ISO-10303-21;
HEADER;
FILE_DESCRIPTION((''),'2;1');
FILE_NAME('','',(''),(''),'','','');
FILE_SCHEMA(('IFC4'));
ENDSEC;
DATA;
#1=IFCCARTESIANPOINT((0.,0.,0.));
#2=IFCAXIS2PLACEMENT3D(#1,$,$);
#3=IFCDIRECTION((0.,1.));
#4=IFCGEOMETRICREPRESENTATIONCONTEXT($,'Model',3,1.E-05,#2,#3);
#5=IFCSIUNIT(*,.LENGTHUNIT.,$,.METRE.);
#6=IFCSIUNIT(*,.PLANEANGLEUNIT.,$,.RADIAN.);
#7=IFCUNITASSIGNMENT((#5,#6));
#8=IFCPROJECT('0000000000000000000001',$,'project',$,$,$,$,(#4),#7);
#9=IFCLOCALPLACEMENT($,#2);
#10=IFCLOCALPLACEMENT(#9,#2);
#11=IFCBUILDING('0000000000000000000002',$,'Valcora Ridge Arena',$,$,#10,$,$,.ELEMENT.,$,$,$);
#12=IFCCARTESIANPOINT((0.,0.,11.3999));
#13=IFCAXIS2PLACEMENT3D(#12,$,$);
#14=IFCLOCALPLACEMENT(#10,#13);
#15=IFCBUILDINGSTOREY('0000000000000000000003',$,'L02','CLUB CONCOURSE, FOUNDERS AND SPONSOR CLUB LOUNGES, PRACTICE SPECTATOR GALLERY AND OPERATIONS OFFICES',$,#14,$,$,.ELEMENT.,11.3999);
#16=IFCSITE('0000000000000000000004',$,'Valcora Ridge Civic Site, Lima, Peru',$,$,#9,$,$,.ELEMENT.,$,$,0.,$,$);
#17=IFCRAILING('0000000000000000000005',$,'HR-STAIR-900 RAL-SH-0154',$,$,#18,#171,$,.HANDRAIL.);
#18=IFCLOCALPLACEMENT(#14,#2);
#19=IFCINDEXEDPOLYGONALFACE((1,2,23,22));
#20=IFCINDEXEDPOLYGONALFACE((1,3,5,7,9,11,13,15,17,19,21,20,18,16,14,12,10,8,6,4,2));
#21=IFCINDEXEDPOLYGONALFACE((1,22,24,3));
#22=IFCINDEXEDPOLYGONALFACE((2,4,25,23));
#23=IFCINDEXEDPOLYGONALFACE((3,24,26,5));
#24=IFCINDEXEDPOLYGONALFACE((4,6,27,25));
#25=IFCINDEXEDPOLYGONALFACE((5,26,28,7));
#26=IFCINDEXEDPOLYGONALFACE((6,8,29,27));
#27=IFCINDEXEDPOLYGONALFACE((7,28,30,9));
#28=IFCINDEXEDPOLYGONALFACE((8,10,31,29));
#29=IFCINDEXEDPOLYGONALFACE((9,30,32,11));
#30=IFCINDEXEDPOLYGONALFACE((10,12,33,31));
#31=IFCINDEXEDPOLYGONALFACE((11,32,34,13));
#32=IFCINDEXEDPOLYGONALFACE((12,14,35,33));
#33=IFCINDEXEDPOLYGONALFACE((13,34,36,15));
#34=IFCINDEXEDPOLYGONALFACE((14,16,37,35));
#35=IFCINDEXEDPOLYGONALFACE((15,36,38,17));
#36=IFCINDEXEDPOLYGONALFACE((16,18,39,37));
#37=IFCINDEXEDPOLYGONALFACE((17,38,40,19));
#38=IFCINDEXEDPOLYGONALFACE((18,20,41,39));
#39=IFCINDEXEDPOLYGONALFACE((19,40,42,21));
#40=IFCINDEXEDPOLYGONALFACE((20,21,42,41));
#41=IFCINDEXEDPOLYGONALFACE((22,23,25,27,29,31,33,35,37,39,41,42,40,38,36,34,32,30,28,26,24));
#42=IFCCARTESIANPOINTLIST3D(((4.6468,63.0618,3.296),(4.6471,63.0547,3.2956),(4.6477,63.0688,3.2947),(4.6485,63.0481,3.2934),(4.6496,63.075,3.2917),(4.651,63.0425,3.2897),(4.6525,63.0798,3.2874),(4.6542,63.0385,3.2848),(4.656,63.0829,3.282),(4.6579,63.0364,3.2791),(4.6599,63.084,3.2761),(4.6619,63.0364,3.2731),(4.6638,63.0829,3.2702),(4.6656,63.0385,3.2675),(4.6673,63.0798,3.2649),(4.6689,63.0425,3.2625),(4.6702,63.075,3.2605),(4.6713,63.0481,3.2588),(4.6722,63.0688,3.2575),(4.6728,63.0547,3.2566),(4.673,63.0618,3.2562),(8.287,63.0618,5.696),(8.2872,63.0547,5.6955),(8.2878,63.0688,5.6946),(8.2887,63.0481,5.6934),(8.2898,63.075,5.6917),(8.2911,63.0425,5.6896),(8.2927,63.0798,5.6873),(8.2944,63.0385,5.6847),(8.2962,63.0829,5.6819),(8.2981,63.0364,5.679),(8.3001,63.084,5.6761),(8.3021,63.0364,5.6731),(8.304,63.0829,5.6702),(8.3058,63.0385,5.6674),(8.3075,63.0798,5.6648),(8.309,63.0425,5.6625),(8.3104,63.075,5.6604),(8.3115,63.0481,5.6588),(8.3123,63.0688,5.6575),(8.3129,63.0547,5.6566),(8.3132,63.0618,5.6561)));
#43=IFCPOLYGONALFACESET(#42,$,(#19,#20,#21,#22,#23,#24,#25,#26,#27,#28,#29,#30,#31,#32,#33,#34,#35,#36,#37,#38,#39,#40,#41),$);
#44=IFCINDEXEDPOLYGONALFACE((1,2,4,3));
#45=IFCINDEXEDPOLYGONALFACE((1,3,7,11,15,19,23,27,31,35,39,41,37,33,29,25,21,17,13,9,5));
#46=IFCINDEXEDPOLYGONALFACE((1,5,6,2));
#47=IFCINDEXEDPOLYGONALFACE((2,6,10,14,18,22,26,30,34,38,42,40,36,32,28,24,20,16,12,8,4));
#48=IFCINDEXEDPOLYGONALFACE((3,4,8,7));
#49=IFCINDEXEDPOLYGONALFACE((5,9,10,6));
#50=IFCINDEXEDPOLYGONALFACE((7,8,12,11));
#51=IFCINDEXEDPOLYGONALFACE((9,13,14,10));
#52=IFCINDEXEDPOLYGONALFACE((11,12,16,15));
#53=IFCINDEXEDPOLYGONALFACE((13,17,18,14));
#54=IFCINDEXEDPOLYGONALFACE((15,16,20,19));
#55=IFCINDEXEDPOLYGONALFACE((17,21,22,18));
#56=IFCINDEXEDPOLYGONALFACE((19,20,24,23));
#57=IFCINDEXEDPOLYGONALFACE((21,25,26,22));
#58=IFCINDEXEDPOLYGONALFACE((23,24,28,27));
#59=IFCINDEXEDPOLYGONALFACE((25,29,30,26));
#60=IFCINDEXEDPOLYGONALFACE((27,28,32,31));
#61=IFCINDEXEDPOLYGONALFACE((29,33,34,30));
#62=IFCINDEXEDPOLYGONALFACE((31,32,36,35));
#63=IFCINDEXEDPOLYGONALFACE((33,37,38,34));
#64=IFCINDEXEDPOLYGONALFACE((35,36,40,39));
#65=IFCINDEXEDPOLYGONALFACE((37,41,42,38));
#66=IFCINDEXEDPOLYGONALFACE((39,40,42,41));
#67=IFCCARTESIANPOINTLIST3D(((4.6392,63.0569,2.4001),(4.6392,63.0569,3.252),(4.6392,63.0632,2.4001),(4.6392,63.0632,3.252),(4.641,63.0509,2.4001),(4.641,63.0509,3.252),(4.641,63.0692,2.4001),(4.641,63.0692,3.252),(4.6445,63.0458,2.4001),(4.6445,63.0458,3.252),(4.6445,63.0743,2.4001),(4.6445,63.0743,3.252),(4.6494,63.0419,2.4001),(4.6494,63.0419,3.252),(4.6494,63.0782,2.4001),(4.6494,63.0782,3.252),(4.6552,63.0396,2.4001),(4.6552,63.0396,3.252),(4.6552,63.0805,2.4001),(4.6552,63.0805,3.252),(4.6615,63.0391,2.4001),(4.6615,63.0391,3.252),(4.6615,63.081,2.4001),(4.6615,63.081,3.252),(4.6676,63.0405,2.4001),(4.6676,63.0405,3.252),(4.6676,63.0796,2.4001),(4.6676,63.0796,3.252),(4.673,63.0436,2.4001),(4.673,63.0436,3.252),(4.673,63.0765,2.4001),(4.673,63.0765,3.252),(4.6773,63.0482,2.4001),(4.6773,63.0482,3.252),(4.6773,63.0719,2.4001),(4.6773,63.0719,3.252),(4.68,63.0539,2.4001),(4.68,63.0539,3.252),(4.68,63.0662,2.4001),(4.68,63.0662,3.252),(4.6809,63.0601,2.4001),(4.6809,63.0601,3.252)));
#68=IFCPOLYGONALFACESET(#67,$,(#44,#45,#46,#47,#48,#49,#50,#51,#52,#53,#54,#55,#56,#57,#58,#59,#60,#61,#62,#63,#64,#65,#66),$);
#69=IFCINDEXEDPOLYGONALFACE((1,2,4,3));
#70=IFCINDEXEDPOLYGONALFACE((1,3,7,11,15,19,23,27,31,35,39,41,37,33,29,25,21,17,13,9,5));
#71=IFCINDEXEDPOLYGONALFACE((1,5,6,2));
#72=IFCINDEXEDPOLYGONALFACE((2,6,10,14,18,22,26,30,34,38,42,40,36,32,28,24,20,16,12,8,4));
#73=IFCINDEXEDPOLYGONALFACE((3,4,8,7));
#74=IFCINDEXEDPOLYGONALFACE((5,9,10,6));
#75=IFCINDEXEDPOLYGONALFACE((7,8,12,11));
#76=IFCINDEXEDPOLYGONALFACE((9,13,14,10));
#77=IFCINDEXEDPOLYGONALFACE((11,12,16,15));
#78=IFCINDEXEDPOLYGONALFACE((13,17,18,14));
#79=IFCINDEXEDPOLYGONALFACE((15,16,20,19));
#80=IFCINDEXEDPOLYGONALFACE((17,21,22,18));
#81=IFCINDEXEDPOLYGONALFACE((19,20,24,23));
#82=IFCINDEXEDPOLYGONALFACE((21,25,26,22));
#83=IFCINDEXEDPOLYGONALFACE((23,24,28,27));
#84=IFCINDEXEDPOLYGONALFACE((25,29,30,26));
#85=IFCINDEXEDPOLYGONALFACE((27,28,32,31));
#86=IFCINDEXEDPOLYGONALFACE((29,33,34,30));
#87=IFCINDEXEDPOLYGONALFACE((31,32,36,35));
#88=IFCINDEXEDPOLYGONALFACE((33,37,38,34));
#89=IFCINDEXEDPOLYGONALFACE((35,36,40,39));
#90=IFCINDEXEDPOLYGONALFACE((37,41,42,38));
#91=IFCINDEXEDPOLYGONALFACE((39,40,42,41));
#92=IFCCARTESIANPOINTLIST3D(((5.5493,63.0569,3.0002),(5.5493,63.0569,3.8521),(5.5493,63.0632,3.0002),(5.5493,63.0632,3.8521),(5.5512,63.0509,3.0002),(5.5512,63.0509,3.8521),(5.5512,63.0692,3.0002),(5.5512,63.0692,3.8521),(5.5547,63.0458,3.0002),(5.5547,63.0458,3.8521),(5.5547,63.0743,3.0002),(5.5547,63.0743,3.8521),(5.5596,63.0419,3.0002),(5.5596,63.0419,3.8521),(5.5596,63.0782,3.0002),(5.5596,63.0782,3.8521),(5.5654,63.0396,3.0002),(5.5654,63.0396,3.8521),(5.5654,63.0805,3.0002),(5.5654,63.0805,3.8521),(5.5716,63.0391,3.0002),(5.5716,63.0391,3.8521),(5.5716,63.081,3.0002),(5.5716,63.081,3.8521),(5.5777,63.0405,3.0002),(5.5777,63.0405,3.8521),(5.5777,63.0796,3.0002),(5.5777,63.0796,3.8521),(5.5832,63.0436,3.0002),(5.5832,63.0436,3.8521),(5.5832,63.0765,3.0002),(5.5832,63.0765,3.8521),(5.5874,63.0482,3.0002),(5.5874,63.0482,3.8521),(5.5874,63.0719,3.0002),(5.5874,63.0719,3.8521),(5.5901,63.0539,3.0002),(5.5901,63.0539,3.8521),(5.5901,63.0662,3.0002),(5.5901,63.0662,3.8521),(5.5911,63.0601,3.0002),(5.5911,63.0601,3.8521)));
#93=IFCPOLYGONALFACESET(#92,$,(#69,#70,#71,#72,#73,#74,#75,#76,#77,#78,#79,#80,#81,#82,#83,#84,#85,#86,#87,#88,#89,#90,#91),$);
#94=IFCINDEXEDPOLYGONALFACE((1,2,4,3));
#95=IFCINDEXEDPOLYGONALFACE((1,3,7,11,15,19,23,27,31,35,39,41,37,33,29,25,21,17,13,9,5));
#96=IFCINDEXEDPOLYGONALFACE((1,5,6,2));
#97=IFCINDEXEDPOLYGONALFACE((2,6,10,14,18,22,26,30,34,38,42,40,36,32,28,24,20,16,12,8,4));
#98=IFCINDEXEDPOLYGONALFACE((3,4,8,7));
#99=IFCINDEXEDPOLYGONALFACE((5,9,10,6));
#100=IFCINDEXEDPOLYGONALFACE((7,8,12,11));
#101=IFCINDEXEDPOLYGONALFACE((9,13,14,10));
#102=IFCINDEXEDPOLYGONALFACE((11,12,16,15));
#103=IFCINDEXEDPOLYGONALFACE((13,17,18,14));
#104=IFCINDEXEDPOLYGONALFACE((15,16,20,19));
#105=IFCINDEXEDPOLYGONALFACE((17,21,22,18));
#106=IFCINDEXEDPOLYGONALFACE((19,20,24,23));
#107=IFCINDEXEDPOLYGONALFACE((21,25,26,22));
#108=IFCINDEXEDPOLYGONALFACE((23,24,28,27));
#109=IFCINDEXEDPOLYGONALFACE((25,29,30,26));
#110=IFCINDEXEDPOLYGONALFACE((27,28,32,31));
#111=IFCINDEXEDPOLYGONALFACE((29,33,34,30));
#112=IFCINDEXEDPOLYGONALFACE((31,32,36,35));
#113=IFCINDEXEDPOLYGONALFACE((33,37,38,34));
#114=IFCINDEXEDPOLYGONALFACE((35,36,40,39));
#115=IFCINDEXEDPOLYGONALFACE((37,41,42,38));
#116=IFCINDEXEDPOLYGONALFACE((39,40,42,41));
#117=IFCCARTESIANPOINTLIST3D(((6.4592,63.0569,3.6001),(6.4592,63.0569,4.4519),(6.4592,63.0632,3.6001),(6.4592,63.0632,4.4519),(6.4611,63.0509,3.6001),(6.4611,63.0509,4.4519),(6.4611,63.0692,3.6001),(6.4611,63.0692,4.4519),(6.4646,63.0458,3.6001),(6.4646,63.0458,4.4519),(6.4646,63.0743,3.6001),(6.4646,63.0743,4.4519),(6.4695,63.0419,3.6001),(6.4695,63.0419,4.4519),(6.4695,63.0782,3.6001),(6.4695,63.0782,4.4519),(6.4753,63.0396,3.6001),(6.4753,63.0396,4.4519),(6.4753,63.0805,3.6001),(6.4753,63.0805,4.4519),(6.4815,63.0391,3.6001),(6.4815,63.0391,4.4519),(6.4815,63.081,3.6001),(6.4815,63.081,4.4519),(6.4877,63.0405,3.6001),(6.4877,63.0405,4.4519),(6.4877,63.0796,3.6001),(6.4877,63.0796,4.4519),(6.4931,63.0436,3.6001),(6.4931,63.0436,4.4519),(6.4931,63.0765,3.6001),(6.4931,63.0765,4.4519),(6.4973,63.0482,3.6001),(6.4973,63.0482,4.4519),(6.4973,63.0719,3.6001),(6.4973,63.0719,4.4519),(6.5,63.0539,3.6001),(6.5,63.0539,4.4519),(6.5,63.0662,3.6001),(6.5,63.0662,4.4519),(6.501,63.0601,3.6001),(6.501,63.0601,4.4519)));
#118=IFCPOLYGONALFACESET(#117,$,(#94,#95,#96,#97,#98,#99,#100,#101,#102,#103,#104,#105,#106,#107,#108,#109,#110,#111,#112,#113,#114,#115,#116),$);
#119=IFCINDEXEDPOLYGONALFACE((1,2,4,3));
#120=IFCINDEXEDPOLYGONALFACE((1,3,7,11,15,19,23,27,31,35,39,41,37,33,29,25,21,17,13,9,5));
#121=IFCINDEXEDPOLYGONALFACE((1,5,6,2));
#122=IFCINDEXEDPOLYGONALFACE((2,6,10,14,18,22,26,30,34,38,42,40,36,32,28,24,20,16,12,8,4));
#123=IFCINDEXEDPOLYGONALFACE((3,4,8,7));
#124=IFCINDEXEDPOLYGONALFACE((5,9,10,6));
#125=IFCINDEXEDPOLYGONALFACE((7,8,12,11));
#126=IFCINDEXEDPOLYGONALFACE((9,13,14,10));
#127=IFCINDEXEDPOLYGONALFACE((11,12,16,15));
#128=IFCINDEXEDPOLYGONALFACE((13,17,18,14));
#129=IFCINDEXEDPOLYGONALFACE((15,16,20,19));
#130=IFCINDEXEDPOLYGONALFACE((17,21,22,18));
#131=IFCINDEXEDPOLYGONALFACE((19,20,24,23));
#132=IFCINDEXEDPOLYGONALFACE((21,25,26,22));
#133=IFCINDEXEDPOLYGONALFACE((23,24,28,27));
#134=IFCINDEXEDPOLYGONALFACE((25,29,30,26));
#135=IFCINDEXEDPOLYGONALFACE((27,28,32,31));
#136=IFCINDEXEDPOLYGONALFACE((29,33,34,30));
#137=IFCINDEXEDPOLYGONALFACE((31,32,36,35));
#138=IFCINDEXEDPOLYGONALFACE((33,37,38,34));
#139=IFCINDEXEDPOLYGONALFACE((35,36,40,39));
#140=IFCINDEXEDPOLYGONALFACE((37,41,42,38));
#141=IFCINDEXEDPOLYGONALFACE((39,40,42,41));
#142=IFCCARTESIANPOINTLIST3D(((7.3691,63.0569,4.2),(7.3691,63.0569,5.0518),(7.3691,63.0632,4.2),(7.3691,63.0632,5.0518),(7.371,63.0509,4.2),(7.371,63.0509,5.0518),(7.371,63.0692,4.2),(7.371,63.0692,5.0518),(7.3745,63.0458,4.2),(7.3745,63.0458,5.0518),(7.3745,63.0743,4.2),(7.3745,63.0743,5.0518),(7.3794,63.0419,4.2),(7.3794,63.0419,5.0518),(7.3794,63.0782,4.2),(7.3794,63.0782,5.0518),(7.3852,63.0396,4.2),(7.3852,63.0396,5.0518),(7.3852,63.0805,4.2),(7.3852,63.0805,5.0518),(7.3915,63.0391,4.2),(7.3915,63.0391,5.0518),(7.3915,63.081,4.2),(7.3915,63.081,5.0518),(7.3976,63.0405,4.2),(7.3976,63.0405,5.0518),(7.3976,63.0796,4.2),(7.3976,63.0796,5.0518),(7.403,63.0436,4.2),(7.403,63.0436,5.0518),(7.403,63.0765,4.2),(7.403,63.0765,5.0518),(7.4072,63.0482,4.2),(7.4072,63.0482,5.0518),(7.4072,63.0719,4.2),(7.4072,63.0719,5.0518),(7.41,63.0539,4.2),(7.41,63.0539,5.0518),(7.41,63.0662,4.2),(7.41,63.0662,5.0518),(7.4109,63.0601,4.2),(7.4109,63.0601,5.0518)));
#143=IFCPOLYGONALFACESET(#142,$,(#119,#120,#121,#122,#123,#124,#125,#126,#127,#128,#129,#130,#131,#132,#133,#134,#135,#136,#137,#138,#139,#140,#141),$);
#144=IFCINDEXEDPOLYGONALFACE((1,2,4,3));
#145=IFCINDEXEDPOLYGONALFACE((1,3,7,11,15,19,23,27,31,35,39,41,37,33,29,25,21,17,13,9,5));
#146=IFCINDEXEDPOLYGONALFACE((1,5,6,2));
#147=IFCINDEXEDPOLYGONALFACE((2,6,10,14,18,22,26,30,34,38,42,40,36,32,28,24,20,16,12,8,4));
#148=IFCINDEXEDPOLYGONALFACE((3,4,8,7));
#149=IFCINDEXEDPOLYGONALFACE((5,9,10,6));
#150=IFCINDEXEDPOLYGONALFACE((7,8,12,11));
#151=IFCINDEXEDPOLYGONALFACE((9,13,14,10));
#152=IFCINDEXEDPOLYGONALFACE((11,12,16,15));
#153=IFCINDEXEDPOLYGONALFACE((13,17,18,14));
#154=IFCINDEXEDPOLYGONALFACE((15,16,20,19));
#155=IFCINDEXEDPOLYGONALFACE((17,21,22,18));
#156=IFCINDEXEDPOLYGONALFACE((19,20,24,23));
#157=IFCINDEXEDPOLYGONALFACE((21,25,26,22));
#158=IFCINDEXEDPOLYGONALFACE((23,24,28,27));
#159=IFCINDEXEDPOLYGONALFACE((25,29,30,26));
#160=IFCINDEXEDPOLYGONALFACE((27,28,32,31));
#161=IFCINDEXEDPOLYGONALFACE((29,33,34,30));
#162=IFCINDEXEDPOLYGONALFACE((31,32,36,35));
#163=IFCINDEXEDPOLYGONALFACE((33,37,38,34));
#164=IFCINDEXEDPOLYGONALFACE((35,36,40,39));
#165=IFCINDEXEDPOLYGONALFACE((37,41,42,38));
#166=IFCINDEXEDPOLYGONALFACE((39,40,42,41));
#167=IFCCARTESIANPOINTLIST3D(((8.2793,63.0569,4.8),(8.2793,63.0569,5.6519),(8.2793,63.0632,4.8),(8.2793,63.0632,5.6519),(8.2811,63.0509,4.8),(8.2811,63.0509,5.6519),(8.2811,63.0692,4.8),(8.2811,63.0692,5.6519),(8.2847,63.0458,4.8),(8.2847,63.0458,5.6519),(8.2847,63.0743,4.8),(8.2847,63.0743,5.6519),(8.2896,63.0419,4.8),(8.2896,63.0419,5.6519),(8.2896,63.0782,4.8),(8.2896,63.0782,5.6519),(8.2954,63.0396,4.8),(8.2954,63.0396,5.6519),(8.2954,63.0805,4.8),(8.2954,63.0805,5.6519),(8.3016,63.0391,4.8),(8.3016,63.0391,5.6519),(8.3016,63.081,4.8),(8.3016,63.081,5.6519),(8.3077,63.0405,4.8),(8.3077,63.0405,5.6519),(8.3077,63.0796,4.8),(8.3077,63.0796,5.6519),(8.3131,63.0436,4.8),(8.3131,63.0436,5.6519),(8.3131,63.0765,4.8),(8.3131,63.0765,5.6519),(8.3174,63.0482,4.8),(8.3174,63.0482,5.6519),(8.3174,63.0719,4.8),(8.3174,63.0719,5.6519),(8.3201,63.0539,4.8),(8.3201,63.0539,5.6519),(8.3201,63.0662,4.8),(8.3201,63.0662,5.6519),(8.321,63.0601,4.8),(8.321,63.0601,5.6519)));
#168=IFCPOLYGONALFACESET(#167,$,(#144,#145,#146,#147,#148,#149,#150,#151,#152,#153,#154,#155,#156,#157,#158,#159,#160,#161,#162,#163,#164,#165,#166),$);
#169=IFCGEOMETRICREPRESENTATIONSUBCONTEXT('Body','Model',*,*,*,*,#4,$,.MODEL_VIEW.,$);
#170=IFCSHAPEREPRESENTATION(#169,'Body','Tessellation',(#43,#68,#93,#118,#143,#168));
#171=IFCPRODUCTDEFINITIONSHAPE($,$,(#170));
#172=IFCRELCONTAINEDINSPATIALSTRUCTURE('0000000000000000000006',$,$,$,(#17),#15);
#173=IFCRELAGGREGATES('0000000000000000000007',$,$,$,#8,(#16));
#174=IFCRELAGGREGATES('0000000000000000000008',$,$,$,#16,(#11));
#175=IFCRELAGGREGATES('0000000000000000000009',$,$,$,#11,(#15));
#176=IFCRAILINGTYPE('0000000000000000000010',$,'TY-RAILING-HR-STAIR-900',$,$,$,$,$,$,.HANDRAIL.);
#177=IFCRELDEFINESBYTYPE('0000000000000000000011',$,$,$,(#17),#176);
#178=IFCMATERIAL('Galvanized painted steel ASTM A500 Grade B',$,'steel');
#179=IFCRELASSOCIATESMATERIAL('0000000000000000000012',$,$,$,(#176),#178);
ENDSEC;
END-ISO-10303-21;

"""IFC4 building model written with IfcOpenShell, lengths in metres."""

from ifc_helpers import new_model, si_unit, direction, frame, origin, origin_2d, place, context, subcontext, project, spatial, circle, extrude, material, type_object, element, save


model = new_model("IFC4")

# Units and contexts
model_context = context("Model", 3, precision=1e-05, world=origin(), true_north=direction((0.0, 1.0)))
body_context = subcontext(model_context, "Body", "Model", "MODEL_VIEW")
ifc_project = project(units=[si_unit("LENGTHUNIT", "METRE"), si_unit("PLANEANGLEUNIT", "RADIAN")], contexts=[model_context])

# Site, building, storey
site_placement = place(None, origin())
site = spatial("IfcSite", under=ifc_project, at=site_placement, Name="Valcora Ridge Civic Site, Lima, Peru", CompositionType="ELEMENT", RefElevation=0.0)
building_placement = place(site_placement, origin())
building = spatial("IfcBuilding", under=site, at=building_placement, Name="Valcora Ridge Arena", CompositionType="ELEMENT")
storey_placement = place(building_placement, frame((0.0, 0.0, 11.3999)))
storey = spatial("IfcBuildingStorey", under=building, at=storey_placement, Name="L02", Description="CLUB CONCOURSE, FOUNDERS AND SPONSOR CLUB LOUNGES, PRACTICE SPECTATOR GALLERY AND OPERATIONS OFFICES", CompositionType="ELEMENT", Elevation=11.3999)

# Railing
ifc_material_1 = material(Name="Galvanized painted steel ASTM A500 Grade B", Category="steel")
railing_type = type_object("IfcRailingType", Name="TY-RAILING-HR-STAIR-900", PredefinedType="HANDRAIL", material=ifc_material_1)
railing_placement = place(storey_placement, frame((4.6599, 63.0601, 2.4001)))
element("IfcRailing", 1, at=railing_placement, inside=storey, type_object=railing_type, Name="HR-STAIR-900 RAL-SH-0154", PredefinedType="HANDRAIL", context=body_context, shape_type="SweptSolid", body=[
    extrude(circle(Radius=0.0239, at=origin_2d()), frame((0.0, 0.0, 0.876), z_axis=(0.834882, 0.0, 0.550429), x_axis=(0.0, 1.0, 0.0)), (0.0, 0.0, 1.0), 4.3601),
    extrude(circle(Radius=0.021, at=origin_2d()), origin(), (0.0, 0.0, 1.0), 0.8518),
    extrude(circle(Radius=0.021, at=origin_2d()), frame((0.9102, 0.0, 0.6001)), (0.0, 0.0, 1.0), 0.8518),
    extrude(circle(Radius=0.021, at=origin_2d()), frame((1.8201, 0.0, 1.2)), (0.0, 0.0, 1.0), 0.8518),
    extrude(circle(Radius=0.021, at=origin_2d()), frame((2.73, 0.0, 1.7998)), (0.0, 0.0, 1.0), 0.8518),
    extrude(circle(Radius=0.021, at=origin_2d()), frame((3.6401, 0.0, 2.3999)), (0.0, 0.0, 1.0), 0.8518),
])

save(model, "model.ifc")
